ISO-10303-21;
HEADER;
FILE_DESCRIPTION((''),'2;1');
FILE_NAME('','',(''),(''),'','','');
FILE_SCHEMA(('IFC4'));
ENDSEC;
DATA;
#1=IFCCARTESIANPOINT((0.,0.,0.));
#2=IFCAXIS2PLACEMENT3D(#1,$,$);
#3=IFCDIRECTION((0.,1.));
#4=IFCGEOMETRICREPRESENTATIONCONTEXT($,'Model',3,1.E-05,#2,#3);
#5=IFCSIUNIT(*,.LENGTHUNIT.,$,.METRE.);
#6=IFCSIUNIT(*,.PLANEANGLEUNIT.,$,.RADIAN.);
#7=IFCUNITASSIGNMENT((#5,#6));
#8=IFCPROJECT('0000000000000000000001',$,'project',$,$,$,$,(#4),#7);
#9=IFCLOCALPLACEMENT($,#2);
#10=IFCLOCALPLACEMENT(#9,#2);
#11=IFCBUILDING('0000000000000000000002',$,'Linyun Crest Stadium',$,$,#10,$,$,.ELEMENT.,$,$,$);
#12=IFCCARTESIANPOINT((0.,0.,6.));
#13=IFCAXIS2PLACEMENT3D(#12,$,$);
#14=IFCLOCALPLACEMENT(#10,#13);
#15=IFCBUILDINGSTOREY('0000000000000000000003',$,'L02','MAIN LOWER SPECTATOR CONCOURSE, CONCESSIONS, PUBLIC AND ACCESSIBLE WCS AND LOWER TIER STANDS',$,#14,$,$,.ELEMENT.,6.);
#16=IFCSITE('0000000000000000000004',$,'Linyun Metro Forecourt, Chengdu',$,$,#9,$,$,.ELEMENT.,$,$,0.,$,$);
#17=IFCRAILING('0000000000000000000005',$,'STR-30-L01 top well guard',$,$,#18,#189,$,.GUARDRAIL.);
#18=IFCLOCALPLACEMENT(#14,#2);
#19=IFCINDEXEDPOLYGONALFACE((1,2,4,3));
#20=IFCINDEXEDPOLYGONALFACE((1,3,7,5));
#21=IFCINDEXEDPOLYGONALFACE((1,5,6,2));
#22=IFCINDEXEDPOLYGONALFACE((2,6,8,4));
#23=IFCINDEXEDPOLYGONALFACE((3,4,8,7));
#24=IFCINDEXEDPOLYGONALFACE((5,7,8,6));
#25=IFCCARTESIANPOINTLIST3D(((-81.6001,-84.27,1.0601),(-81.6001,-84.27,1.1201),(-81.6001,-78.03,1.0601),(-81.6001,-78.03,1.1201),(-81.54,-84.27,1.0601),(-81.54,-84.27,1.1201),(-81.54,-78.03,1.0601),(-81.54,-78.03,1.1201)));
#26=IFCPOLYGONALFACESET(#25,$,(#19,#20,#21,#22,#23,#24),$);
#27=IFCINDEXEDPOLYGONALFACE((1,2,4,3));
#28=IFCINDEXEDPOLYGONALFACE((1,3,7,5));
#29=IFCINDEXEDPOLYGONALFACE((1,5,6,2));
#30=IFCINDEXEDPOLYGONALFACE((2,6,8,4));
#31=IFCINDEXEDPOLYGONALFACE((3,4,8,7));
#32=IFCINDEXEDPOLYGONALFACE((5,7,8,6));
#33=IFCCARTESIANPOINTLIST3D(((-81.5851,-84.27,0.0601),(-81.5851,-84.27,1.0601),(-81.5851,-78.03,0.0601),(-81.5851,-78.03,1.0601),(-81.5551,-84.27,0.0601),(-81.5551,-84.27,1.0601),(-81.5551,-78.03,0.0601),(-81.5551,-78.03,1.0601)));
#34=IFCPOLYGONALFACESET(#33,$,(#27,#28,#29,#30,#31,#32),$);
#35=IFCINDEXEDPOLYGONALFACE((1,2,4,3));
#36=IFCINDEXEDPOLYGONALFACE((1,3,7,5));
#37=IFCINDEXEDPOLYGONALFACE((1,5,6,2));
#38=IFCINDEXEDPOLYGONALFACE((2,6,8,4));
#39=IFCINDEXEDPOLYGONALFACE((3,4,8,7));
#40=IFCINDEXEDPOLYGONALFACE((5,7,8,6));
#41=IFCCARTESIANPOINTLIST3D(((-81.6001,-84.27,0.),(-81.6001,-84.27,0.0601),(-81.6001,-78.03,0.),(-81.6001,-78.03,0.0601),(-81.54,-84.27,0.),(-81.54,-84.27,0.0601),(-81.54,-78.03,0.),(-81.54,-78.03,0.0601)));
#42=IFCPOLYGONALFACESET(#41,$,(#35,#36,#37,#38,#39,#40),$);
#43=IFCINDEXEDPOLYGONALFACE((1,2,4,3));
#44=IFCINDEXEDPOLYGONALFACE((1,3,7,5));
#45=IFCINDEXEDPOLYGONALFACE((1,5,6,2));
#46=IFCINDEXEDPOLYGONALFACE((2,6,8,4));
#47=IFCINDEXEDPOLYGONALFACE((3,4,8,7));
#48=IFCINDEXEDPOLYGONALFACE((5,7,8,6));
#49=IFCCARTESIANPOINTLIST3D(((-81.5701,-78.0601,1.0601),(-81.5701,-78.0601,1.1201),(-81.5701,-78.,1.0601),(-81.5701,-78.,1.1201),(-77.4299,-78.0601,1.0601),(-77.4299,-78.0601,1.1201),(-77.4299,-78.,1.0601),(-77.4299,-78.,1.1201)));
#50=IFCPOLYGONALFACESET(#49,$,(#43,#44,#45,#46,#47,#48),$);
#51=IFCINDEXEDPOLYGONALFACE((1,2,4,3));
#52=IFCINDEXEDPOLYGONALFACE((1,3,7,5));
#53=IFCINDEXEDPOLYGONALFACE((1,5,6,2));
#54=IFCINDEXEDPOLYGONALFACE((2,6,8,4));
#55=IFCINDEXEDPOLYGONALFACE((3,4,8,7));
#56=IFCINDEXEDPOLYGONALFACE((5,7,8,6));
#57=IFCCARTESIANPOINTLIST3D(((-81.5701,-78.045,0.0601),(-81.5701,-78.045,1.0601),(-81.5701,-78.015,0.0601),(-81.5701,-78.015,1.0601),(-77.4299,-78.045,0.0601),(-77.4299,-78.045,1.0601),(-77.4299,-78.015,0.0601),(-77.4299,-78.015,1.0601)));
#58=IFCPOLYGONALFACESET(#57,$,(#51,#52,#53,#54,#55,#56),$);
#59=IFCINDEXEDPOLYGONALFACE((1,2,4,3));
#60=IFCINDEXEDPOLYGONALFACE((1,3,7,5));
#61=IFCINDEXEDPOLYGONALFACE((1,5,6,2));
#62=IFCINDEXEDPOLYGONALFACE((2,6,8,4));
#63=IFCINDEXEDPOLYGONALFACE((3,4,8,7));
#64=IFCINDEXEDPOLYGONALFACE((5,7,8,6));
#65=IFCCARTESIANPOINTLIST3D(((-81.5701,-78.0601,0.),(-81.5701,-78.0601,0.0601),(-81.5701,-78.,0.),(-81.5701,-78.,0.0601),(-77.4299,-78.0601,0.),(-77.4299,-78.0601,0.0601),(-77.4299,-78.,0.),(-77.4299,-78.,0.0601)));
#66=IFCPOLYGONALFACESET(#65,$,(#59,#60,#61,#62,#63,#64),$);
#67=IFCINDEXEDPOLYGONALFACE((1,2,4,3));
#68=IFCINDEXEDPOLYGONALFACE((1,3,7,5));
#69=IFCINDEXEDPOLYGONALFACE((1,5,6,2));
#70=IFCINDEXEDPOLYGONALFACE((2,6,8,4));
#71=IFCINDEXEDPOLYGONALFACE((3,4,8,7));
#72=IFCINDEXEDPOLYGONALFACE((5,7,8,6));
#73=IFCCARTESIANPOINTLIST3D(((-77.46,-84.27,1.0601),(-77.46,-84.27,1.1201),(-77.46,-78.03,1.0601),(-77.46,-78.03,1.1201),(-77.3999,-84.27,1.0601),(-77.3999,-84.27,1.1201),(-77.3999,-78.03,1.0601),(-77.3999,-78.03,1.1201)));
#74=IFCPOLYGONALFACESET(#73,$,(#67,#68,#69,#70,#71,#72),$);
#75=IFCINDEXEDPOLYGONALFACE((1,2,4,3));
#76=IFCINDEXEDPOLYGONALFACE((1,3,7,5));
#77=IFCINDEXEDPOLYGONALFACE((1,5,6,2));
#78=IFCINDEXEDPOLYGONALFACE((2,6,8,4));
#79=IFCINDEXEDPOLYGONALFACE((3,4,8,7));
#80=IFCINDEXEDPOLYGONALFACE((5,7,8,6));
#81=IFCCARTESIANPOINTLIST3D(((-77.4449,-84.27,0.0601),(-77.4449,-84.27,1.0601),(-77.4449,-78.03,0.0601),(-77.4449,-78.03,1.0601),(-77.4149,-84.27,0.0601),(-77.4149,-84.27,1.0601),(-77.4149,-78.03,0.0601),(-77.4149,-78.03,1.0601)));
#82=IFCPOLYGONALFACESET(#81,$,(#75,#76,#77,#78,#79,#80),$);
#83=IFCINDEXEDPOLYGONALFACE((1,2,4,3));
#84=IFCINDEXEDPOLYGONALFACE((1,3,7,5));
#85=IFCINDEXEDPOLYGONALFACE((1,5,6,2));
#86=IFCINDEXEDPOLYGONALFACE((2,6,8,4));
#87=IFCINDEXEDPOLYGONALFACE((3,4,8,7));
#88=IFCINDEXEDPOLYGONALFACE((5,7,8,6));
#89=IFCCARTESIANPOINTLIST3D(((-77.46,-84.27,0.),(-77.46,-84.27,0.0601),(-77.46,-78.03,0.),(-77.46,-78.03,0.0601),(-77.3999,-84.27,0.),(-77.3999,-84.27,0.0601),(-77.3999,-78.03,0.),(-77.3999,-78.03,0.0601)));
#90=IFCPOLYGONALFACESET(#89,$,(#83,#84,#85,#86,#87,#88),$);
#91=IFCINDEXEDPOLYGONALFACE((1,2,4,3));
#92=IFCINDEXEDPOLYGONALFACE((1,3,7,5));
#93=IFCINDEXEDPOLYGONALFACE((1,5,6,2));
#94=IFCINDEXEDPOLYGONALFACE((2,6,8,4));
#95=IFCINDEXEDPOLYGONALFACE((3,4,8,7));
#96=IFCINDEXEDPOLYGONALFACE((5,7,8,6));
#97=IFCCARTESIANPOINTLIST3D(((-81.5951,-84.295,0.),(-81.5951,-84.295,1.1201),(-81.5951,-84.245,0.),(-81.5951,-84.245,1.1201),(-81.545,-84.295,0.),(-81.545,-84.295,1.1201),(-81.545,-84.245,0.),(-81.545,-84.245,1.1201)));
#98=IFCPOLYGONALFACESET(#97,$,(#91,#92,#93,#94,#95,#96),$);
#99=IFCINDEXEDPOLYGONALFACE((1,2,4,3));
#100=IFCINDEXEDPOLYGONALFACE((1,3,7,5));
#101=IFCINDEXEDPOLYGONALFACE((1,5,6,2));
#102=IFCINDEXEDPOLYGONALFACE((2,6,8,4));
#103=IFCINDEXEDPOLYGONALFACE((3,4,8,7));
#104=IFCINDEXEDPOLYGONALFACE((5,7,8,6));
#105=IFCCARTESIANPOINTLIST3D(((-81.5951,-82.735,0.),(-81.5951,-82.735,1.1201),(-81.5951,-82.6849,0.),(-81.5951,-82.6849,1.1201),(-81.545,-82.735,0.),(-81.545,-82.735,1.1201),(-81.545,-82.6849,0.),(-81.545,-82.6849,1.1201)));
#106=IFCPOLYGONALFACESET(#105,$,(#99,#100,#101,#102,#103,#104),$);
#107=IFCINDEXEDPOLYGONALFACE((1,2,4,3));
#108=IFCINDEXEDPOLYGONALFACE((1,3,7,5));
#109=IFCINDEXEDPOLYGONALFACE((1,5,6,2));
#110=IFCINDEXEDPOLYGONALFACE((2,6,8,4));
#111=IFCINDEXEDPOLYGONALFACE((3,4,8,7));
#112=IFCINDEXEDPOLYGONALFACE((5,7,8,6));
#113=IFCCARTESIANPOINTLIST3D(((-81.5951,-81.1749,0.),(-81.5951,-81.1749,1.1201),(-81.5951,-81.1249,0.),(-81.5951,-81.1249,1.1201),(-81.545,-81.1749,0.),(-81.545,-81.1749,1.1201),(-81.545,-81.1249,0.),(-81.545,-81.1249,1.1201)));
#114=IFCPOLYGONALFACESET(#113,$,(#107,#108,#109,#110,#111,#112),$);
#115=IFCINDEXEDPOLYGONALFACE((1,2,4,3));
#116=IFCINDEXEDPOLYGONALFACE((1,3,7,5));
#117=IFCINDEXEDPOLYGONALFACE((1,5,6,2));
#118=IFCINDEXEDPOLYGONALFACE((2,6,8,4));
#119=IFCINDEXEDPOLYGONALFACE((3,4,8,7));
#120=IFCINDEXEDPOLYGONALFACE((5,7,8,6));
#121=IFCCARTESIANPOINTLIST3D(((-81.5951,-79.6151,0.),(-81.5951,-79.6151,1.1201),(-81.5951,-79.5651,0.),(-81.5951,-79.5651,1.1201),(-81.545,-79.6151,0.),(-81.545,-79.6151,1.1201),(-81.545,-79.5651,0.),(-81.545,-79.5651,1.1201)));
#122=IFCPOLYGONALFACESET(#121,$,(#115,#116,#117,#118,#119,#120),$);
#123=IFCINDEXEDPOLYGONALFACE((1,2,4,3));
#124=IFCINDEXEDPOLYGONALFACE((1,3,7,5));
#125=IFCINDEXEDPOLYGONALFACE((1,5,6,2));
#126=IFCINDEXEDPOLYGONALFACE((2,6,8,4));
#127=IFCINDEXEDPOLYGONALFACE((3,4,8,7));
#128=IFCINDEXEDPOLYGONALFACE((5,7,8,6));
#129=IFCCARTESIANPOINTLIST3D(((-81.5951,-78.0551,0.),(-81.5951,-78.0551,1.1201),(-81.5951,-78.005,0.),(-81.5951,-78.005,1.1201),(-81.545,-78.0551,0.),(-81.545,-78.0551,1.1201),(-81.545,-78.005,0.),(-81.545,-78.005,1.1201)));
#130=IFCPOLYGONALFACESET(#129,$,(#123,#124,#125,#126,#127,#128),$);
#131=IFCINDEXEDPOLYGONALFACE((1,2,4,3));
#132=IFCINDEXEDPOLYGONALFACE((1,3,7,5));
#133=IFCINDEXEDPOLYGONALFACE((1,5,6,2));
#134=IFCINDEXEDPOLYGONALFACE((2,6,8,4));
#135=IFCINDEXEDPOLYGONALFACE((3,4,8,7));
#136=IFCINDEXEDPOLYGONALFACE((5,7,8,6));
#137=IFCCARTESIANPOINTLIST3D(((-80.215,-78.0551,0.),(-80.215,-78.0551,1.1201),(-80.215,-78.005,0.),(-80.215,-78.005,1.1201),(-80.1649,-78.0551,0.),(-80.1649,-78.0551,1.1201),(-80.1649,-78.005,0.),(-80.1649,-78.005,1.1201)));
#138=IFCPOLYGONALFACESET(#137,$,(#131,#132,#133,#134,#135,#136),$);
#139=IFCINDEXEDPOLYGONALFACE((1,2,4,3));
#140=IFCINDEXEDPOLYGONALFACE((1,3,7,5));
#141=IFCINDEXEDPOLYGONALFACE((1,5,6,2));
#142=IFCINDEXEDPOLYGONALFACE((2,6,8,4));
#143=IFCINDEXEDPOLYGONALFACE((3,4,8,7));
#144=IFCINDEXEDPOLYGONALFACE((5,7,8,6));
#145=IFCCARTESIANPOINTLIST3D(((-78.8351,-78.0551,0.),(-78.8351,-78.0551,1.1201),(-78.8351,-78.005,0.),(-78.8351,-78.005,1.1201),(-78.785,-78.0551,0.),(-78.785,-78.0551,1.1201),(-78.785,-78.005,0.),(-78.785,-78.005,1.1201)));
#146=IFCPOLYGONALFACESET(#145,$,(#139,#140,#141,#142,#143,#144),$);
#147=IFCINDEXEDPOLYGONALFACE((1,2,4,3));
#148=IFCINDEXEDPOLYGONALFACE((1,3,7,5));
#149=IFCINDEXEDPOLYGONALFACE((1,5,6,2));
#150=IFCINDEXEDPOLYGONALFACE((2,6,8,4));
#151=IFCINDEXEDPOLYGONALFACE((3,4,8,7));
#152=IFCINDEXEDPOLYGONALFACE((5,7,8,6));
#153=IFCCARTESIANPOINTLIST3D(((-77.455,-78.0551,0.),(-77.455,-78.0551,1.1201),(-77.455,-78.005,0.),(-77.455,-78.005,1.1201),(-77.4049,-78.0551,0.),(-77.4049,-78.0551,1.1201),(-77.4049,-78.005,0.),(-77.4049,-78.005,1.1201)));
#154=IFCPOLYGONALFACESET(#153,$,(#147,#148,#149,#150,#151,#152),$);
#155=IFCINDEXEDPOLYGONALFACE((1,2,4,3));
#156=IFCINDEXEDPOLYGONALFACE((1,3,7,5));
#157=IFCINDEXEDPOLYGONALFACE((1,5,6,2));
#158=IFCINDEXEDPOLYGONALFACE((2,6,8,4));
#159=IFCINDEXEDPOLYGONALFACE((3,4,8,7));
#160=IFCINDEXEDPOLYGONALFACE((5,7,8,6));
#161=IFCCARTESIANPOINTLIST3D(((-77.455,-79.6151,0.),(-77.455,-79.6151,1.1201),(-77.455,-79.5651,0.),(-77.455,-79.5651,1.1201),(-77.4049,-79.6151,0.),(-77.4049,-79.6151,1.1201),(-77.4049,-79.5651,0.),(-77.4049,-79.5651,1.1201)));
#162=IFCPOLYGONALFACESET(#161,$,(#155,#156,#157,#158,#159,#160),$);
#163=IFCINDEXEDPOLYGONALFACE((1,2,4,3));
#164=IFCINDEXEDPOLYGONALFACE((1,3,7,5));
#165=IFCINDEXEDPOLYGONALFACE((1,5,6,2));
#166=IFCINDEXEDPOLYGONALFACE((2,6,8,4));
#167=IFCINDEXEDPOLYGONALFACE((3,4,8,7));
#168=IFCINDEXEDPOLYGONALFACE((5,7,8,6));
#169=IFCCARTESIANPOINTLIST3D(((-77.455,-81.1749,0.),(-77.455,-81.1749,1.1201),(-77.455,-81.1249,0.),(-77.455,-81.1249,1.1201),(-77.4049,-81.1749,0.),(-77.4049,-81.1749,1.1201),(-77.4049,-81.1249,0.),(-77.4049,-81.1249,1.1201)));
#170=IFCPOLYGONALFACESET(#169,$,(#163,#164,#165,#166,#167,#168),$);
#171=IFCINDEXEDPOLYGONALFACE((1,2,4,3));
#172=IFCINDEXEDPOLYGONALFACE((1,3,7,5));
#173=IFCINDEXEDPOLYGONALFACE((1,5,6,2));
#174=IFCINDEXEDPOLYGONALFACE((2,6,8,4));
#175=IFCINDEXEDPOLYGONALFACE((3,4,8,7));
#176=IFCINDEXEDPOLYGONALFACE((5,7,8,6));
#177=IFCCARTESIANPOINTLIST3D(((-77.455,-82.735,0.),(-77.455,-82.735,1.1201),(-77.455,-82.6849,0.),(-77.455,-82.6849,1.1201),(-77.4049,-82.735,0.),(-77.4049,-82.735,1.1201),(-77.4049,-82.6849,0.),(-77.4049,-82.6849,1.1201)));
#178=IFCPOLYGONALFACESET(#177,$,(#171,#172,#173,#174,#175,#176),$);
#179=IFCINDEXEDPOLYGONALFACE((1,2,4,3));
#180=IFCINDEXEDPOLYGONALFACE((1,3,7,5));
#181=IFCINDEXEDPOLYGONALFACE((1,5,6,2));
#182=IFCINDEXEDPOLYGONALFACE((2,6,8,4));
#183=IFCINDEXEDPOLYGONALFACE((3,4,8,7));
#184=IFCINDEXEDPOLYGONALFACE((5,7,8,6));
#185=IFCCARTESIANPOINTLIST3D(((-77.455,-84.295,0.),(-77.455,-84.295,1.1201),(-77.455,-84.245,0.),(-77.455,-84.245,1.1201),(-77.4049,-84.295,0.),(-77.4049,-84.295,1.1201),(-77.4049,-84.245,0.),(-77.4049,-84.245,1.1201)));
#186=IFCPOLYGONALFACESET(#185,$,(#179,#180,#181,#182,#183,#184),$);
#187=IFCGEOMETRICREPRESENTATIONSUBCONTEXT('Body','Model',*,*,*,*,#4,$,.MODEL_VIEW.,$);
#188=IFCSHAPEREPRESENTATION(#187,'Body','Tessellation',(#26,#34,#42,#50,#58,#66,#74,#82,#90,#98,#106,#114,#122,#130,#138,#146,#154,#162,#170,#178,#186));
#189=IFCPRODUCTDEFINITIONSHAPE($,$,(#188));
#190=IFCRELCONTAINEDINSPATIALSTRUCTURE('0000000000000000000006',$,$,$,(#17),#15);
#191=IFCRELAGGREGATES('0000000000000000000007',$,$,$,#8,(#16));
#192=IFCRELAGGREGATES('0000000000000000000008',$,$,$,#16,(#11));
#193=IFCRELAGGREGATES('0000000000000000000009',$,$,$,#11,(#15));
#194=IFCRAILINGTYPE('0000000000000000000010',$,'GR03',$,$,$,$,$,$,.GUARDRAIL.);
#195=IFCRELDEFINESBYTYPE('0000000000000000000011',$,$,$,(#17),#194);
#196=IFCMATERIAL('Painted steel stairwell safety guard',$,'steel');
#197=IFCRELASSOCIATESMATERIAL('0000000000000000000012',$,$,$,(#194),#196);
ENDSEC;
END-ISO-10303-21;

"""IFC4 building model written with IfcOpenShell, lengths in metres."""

from ifc_helpers import new_model, si_unit, direction, frame, origin, origin_2d, place, context, subcontext, project, spatial, rectangle, extrude, material, type_object, element, save


model = new_model("IFC4")

# Units and contexts
model_context = context("Model", 3, precision=1e-05, world=origin(), true_north=direction((0.0, 1.0)))
body_context = subcontext(model_context, "Body", "Model", "MODEL_VIEW")
ifc_project = project(units=[si_unit("LENGTHUNIT", "METRE"), si_unit("PLANEANGLEUNIT", "RADIAN")], contexts=[model_context])

# Site, building, storey
site_placement = place(None, origin())
site = spatial("IfcSite", under=ifc_project, at=site_placement, Name="Linyun Metro Forecourt, Chengdu", CompositionType="ELEMENT", RefElevation=0.0)
building_placement = place(site_placement, origin())
building = spatial("IfcBuilding", under=site, at=building_placement, Name="Linyun Crest Stadium", CompositionType="ELEMENT")
storey_placement = place(building_placement, frame((0.0, 0.0, 6.0)))
storey = spatial("IfcBuildingStorey", under=building, at=storey_placement, Name="L02", Description="MAIN LOWER SPECTATOR CONCOURSE, CONCESSIONS, PUBLIC AND ACCESSIBLE WCS AND LOWER TIER STANDS", CompositionType="ELEMENT", Elevation=6.0)

# Railing
ifc_material_1 = material(Name="Painted steel stairwell safety guard", Category="steel")
railing_type_1 = type_object("IfcRailingType", Name="GR03", PredefinedType="GUARDRAIL", material=ifc_material_1)
railing_1_placement = place(storey_placement, frame((-81.5701, -84.27, 0.0)))
element("IfcRailing", 1, at=railing_1_placement, inside=storey, type_object=railing_type_1, Name="STR-30-L01 top well guard", PredefinedType="GUARDRAIL", context=body_context, shape_type="SweptSolid", body=[
    extrude(rectangle(XDim=0.0601, YDim=0.0601, at=origin_2d()), frame((0.0, 0.0, 1.0901), z_axis=(0.0, 1.0, 0.0), x_axis=(-1.0, 0.0, 0.0)), (0.0, 0.0, 1.0), 6.24),
    extrude(rectangle(XDim=0.03, YDim=1.0, at=origin_2d()), frame((0.0, 0.0, 0.5601), z_axis=(0.0, 1.0, 0.0), x_axis=(-1.0, 0.0, 0.0)), (0.0, 0.0, 1.0), 6.24),
    extrude(rectangle(XDim=0.0601, YDim=0.0601, at=origin_2d()), frame((0.0, 0.0, 0.03), z_axis=(0.0, 1.0, 0.0), x_axis=(-1.0, 0.0, 0.0)), (0.0, 0.0, 1.0), 6.24),
    extrude(rectangle(XDim=0.0601, YDim=0.0601, at=origin_2d()), frame((0.0, 6.24, 1.0901), z_axis=(1.0, 0.0, 0.0), x_axis=(0.0, 1.0, 0.0)), (0.0, 0.0, 1.0), 4.1401),
    extrude(rectangle(XDim=0.03, YDim=1.0, at=origin_2d()), frame((0.0, 6.24, 0.5601), z_axis=(1.0, 0.0, 0.0), x_axis=(0.0, 1.0, 0.0)), (0.0, 0.0, 1.0), 4.1401),
    extrude(rectangle(XDim=0.0601, YDim=0.0601, at=origin_2d()), frame((0.0, 6.24, 0.03), z_axis=(1.0, 0.0, 0.0), x_axis=(0.0, 1.0, 0.0)), (0.0, 0.0, 1.0), 4.1401),
    extrude(rectangle(XDim=0.0601, YDim=0.0601, at=origin_2d()), frame((4.1401, 6.24, 1.0901), z_axis=(0.0, -1.0, 0.0), x_axis=(1.0, 0.0, 0.0)), (0.0, 0.0, 1.0), 6.24),
    extrude(rectangle(XDim=0.03, YDim=1.0, at=origin_2d()), frame((4.1401, 6.24, 0.5601), z_axis=(0.0, -1.0, 0.0), x_axis=(1.0, 0.0, 0.0)), (0.0, 0.0, 1.0), 6.24),
    extrude(rectangle(XDim=0.0601, YDim=0.0601, at=origin_2d()), frame((4.1401, 6.24, 0.03), z_axis=(0.0, -1.0, 0.0), x_axis=(1.0, 0.0, 0.0)), (0.0, 0.0, 1.0), 6.24),
    extrude(rectangle(XDim=0.05, YDim=0.05, at=origin_2d()), origin(), (0.0, 0.0, 1.0), 1.1201),
    extrude(rectangle(XDim=0.05, YDim=0.05, at=origin_2d()), frame((0.0, 1.5601, 0.0)), (0.0, 0.0, 1.0), 1.1201),
    extrude(rectangle(XDim=0.05, YDim=0.05, at=origin_2d()), frame((0.0, 3.1201, 0.0)), (0.0, 0.0, 1.0), 1.1201),
    extrude(rectangle(XDim=0.05, YDim=0.05, at=origin_2d()), frame((0.0, 4.6799, 0.0)), (0.0, 0.0, 1.0), 1.1201),
    extrude(rectangle(XDim=0.05, YDim=0.05, at=origin_2d()), frame((0.0, 6.24, 0.0)), (0.0, 0.0, 1.0), 1.1201),
    extrude(rectangle(XDim=0.05, YDim=0.05, at=origin_2d()), frame((1.3801, 6.24, 0.0)), (0.0, 0.0, 1.0), 1.1201),
    extrude(rectangle(XDim=0.05, YDim=0.05, at=origin_2d()), frame((2.76, 6.24, 0.0)), (0.0, 0.0, 1.0), 1.1201),
    extrude(rectangle(XDim=0.05, YDim=0.05, at=origin_2d()), frame((4.1401, 6.24, 0.0)), (0.0, 0.0, 1.0), 1.1201),
    extrude(rectangle(XDim=0.05, YDim=0.05, at=origin_2d()), frame((4.1401, 4.6799, 0.0)), (0.0, 0.0, 1.0), 1.1201),
    extrude(rectangle(XDim=0.05, YDim=0.05, at=origin_2d()), frame((4.1401, 3.1201, 0.0)), (0.0, 0.0, 1.0), 1.1201),
    extrude(rectangle(XDim=0.05, YDim=0.05, at=origin_2d()), frame((4.1401, 1.5601, 0.0)), (0.0, 0.0, 1.0), 1.1201),
    extrude(rectangle(XDim=0.05, YDim=0.05, at=origin_2d()), frame((4.1401, 0.0, 0.0)), (0.0, 0.0, 1.0), 1.1201),
])

save(model, "model.ifc")
